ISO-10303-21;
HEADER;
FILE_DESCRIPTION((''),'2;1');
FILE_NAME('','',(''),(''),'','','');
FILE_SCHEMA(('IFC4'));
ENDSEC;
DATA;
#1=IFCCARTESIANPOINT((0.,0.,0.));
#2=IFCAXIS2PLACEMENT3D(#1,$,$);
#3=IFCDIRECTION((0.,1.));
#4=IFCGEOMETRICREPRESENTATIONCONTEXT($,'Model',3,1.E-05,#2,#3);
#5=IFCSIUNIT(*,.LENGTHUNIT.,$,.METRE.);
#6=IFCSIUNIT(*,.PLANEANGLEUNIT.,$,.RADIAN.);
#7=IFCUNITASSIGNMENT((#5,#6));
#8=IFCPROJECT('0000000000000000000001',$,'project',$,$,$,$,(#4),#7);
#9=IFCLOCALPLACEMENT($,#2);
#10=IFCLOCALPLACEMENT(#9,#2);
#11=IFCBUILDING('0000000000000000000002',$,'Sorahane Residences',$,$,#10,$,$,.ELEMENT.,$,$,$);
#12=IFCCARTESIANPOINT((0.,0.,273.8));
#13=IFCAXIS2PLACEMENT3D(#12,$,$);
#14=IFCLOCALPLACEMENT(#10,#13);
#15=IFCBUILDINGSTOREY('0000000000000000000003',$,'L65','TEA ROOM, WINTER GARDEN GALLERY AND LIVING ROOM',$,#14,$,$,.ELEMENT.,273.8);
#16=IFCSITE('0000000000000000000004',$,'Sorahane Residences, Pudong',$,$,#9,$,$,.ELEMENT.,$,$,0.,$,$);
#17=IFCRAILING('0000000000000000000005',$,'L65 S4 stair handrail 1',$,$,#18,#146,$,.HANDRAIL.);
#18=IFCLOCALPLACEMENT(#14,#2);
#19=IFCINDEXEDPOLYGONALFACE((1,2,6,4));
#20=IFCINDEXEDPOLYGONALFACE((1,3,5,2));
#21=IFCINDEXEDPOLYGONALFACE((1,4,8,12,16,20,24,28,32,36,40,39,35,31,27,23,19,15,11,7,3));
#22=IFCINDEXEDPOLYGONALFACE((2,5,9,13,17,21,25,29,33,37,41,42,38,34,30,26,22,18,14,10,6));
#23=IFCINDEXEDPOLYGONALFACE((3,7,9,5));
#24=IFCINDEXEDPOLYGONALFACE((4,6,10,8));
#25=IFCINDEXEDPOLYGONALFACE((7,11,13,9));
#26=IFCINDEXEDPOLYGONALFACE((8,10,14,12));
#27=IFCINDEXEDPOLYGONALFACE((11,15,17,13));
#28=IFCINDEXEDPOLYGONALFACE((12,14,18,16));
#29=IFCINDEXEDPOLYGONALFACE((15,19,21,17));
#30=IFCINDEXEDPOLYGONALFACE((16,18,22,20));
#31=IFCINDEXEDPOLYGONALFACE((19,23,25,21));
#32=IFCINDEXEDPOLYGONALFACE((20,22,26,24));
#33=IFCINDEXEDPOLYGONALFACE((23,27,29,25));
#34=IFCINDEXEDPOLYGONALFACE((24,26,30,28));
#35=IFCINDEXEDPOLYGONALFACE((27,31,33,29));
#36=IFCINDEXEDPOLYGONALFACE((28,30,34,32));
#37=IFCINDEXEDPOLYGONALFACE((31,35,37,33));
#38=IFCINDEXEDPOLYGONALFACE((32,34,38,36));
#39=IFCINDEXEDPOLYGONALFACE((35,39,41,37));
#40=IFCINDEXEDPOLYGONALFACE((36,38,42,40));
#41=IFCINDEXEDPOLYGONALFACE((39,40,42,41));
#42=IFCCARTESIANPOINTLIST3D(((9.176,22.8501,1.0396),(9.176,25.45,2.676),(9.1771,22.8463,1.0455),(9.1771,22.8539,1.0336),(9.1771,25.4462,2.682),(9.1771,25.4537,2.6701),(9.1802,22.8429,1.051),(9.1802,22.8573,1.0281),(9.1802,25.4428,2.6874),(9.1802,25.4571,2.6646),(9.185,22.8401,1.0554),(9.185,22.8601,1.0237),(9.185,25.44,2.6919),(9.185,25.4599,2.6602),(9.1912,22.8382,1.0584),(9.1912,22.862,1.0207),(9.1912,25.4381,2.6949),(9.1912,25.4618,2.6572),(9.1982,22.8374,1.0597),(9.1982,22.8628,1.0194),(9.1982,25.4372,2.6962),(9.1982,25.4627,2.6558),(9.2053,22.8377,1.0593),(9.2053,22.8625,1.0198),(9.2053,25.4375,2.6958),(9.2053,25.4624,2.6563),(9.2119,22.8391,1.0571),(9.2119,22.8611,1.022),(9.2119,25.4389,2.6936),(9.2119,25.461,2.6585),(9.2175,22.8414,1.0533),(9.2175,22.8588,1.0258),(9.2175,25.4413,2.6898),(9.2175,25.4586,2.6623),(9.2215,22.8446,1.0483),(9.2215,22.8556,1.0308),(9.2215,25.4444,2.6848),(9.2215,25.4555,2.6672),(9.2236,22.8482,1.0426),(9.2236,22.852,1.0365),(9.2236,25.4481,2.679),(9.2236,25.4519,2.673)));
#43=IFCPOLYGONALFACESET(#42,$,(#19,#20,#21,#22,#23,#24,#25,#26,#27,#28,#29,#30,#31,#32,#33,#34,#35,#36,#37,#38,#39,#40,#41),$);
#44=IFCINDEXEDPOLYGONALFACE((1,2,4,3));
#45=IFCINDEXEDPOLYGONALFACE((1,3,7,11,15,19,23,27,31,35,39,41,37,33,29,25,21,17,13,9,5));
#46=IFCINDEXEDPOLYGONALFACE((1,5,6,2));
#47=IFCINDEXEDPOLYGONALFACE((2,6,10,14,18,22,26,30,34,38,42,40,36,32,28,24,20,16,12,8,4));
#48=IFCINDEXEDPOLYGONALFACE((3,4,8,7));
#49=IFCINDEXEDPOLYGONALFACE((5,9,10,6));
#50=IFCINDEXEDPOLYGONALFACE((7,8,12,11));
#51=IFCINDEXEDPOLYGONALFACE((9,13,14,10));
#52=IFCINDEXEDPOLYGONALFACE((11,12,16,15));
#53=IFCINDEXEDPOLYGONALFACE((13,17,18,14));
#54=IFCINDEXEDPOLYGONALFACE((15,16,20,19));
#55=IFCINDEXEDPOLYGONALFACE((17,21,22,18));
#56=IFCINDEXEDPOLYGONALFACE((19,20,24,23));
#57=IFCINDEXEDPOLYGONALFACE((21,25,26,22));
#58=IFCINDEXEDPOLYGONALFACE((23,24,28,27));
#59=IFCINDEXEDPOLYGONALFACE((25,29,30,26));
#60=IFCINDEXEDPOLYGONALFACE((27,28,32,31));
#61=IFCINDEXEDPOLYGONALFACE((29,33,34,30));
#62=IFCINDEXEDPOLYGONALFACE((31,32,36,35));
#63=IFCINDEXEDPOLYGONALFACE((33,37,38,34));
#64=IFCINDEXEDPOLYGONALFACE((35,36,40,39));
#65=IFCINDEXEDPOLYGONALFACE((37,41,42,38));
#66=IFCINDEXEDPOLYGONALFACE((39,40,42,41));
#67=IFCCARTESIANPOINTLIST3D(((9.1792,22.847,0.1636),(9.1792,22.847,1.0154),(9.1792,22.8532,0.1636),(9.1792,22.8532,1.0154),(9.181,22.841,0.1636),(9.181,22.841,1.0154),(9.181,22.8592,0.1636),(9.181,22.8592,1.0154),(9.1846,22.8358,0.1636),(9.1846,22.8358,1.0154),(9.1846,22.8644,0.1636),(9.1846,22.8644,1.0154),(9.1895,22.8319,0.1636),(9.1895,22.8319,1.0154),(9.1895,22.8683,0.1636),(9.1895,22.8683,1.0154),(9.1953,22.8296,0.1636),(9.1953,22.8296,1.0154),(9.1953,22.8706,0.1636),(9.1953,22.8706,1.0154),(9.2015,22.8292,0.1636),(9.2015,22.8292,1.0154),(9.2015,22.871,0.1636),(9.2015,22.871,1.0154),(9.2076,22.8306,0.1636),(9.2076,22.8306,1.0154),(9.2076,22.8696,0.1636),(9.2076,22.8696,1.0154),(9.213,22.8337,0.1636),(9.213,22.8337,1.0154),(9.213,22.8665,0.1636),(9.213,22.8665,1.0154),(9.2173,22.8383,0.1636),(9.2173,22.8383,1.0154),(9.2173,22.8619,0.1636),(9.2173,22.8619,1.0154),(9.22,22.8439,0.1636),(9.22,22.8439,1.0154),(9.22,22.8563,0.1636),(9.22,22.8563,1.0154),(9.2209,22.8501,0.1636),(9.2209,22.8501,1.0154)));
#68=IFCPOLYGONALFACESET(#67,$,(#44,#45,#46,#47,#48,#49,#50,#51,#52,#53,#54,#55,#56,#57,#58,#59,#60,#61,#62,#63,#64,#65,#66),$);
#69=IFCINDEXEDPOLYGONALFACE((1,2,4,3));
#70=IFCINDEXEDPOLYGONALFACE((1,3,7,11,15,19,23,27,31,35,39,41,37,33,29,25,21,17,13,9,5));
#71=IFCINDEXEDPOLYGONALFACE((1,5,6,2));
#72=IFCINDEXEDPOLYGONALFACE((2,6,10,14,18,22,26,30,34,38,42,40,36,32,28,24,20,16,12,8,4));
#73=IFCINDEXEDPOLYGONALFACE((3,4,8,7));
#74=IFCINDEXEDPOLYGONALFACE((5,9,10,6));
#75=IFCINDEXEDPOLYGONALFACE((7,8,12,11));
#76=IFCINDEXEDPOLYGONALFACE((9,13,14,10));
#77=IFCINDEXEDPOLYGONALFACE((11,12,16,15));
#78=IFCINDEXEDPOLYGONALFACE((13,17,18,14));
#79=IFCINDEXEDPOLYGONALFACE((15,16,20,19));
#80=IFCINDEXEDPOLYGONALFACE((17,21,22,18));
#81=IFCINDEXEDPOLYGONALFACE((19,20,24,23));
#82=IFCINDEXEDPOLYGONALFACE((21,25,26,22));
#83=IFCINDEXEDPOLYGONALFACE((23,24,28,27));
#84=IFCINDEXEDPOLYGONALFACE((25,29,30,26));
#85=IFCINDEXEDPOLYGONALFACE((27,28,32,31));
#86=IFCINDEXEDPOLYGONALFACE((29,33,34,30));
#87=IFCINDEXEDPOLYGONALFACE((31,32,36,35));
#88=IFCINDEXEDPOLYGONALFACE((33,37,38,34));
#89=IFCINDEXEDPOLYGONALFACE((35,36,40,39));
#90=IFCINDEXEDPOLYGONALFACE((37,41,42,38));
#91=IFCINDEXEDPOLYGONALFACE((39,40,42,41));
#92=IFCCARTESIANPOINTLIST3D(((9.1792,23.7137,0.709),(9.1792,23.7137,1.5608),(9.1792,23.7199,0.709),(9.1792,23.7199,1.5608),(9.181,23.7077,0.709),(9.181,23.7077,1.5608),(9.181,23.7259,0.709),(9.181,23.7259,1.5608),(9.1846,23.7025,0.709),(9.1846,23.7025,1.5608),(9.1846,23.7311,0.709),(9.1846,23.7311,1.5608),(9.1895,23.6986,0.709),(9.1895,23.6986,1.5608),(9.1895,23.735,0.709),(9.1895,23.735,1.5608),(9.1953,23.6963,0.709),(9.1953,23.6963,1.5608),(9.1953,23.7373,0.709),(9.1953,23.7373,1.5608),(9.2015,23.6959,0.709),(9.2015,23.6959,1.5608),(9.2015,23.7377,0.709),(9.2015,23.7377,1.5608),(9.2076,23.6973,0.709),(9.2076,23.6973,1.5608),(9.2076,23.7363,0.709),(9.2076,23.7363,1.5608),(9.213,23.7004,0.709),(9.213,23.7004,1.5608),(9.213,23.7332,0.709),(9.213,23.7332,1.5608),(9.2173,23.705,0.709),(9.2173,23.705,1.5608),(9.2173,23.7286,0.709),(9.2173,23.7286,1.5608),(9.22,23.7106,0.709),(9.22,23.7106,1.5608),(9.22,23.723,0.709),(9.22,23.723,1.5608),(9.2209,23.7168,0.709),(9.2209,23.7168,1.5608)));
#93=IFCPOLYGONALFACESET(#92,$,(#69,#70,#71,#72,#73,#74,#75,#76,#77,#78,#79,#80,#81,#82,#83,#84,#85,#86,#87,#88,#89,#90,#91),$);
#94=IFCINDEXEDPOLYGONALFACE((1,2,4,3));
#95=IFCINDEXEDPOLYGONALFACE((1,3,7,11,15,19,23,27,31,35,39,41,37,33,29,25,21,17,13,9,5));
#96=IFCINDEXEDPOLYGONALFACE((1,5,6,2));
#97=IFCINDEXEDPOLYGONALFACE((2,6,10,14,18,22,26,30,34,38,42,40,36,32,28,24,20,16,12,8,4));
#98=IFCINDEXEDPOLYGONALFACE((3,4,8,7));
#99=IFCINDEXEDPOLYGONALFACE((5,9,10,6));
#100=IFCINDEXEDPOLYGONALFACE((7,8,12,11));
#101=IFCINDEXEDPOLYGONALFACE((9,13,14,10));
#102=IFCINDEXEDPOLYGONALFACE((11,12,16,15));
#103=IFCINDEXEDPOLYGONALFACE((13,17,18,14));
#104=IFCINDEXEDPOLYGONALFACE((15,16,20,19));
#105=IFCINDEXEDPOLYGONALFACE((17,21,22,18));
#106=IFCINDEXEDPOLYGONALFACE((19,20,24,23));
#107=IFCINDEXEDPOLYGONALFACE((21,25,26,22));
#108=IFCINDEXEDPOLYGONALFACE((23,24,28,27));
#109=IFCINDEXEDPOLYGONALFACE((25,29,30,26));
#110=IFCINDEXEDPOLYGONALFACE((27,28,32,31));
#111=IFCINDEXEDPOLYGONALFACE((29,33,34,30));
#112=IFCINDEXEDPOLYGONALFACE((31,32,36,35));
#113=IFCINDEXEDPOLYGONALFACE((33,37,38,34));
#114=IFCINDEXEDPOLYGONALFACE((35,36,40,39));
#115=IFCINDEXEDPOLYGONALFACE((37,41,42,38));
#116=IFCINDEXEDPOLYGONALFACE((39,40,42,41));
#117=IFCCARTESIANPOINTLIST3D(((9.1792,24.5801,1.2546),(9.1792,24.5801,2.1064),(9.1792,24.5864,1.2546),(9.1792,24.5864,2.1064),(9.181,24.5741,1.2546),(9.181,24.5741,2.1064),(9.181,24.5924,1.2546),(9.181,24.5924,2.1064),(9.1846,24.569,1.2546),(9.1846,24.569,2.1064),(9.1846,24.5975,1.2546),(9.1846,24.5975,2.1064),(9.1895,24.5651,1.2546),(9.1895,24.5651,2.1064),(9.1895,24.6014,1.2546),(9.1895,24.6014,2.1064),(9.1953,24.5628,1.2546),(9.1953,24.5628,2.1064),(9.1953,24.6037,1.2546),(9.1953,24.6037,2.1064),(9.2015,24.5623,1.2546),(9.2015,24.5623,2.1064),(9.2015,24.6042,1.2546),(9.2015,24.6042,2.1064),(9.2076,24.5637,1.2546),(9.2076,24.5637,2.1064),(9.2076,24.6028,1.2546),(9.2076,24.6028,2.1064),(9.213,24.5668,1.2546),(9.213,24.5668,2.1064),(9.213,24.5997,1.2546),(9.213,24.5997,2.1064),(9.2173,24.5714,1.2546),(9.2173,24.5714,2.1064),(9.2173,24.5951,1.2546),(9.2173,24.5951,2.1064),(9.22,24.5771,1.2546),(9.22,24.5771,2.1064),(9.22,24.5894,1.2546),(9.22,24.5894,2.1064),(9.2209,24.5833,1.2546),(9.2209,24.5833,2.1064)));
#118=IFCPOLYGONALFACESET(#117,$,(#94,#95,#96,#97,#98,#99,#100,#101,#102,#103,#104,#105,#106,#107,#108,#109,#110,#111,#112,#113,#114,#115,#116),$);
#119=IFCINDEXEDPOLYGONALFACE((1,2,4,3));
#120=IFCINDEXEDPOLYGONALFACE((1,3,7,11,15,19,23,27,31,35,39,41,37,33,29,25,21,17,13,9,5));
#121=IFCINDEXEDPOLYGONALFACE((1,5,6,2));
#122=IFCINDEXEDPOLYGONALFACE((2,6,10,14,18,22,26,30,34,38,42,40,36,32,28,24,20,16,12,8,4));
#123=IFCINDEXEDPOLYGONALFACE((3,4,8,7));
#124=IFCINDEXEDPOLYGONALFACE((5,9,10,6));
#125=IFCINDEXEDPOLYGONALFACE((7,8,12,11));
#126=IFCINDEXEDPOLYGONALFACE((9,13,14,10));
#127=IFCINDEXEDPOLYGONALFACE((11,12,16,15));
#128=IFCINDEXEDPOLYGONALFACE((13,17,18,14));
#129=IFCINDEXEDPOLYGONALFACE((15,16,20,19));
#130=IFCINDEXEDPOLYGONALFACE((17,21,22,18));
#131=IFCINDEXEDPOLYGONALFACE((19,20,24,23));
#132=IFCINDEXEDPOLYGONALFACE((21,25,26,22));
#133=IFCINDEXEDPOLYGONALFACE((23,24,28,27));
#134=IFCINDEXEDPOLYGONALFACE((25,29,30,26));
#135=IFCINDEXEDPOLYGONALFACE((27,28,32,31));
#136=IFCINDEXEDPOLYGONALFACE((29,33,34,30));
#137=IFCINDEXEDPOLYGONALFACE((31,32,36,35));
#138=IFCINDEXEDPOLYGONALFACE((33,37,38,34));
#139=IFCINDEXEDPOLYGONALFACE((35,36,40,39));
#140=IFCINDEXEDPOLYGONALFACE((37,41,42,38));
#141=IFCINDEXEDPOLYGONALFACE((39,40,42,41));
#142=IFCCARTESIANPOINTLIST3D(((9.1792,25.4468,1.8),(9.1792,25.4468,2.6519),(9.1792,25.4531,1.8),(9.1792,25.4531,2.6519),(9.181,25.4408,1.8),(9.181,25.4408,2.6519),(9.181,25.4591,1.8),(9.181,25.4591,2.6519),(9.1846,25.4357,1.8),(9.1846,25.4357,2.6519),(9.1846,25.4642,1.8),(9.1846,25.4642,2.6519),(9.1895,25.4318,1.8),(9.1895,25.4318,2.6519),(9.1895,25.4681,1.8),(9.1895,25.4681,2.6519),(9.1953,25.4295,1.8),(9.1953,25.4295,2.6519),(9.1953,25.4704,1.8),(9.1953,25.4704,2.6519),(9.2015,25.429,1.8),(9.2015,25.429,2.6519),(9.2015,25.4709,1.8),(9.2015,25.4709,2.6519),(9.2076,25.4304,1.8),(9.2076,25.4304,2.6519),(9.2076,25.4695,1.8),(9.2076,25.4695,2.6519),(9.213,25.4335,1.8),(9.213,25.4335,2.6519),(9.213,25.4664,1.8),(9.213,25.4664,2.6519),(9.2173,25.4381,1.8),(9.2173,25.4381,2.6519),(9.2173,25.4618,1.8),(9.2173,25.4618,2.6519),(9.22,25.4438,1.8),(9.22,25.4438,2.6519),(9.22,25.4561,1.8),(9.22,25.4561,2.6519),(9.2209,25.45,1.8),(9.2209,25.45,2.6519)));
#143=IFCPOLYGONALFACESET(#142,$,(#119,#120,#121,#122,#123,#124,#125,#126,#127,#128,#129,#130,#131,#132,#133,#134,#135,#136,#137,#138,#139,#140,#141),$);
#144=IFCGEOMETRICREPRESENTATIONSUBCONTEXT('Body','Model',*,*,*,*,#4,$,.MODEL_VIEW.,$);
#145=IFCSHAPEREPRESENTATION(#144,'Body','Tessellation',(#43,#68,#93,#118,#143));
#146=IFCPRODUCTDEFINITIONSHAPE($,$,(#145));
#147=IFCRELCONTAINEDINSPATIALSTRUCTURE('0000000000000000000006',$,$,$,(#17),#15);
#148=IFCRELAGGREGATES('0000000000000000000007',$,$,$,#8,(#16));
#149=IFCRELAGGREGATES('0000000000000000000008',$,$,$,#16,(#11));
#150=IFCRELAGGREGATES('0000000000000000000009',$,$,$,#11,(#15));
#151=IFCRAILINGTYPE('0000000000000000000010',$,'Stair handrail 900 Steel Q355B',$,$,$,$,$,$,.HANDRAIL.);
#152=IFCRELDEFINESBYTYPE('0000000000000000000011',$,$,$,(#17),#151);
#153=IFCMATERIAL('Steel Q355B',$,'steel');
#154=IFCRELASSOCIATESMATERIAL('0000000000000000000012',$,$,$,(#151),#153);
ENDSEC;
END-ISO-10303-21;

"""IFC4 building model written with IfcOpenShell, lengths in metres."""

from ifc_helpers import new_model, si_unit, direction, frame, origin, origin_2d, place, context, subcontext, project, spatial, circle, extrude, material, type_object, element, save


model = new_model("IFC4")

# Units and contexts
model_context = context("Model", 3, precision=1e-05, world=origin(), true_north=direction((0.0, 1.0)))
body_context = subcontext(model_context, "Body", "Model", "MODEL_VIEW")
ifc_project = project(units=[si_unit("LENGTHUNIT", "METRE"), si_unit("PLANEANGLEUNIT", "RADIAN")], contexts=[model_context])

# Site, building, storey
site_placement = place(None, origin())
site = spatial("IfcSite", under=ifc_project, at=site_placement, Name="Sorahane Residences, Pudong", CompositionType="ELEMENT", RefElevation=0.0)
building_placement = place(site_placement, origin())
building = spatial("IfcBuilding", under=site, at=building_placement, Name="Sorahane Residences", CompositionType="ELEMENT")
storey_placement = place(building_placement, frame((0.0, 0.0, 273.8)))
storey = spatial("IfcBuildingStorey", under=building, at=storey_placement, Name="L65", Description="TEA ROOM, WINTER GARDEN GALLERY AND LIVING ROOM", CompositionType="ELEMENT", Elevation=273.8)

# Railing
ifc_material_1 = material(Name="Steel Q355B", Category="steel")
railing_type_1 = type_object("IfcRailingType", Name="Stair handrail 900 Steel Q355B", PredefinedType="HANDRAIL", material=ifc_material_1)
railing_1_placement = place(storey_placement, frame((9.2, 22.8501, 0.1636)))
element("IfcRailing", 1, at=railing_1_placement, inside=storey, type_object=railing_type_1, Name="L65 S4 stair handrail 1", PredefinedType="HANDRAIL", context=body_context, shape_type="SweptSolid", body=[
    extrude(circle(Radius=0.0239, at=origin_2d()), frame((0.0, 0.0, 0.876), z_axis=(0.0, 0.846302, 0.532704), x_axis=(-1.0, 0.0, 0.0)), (0.0, 0.0, 1.0), 3.072),
    extrude(circle(Radius=0.021, at=origin_2d()), origin(), (0.0, 0.0, 1.0), 0.8518),
    extrude(circle(Radius=0.021, at=origin_2d()), frame((0.0, 0.8667, 0.5454)), (0.0, 0.0, 1.0), 0.8518),
    extrude(circle(Radius=0.021, at=origin_2d()), frame((0.0, 1.7332, 1.0911)), (0.0, 0.0, 1.0), 0.8518),
    extrude(circle(Radius=0.021, at=origin_2d()), frame((0.0, 2.5999, 1.6365)), (0.0, 0.0, 1.0), 0.8518),
])

save(model, "model.ifc")
